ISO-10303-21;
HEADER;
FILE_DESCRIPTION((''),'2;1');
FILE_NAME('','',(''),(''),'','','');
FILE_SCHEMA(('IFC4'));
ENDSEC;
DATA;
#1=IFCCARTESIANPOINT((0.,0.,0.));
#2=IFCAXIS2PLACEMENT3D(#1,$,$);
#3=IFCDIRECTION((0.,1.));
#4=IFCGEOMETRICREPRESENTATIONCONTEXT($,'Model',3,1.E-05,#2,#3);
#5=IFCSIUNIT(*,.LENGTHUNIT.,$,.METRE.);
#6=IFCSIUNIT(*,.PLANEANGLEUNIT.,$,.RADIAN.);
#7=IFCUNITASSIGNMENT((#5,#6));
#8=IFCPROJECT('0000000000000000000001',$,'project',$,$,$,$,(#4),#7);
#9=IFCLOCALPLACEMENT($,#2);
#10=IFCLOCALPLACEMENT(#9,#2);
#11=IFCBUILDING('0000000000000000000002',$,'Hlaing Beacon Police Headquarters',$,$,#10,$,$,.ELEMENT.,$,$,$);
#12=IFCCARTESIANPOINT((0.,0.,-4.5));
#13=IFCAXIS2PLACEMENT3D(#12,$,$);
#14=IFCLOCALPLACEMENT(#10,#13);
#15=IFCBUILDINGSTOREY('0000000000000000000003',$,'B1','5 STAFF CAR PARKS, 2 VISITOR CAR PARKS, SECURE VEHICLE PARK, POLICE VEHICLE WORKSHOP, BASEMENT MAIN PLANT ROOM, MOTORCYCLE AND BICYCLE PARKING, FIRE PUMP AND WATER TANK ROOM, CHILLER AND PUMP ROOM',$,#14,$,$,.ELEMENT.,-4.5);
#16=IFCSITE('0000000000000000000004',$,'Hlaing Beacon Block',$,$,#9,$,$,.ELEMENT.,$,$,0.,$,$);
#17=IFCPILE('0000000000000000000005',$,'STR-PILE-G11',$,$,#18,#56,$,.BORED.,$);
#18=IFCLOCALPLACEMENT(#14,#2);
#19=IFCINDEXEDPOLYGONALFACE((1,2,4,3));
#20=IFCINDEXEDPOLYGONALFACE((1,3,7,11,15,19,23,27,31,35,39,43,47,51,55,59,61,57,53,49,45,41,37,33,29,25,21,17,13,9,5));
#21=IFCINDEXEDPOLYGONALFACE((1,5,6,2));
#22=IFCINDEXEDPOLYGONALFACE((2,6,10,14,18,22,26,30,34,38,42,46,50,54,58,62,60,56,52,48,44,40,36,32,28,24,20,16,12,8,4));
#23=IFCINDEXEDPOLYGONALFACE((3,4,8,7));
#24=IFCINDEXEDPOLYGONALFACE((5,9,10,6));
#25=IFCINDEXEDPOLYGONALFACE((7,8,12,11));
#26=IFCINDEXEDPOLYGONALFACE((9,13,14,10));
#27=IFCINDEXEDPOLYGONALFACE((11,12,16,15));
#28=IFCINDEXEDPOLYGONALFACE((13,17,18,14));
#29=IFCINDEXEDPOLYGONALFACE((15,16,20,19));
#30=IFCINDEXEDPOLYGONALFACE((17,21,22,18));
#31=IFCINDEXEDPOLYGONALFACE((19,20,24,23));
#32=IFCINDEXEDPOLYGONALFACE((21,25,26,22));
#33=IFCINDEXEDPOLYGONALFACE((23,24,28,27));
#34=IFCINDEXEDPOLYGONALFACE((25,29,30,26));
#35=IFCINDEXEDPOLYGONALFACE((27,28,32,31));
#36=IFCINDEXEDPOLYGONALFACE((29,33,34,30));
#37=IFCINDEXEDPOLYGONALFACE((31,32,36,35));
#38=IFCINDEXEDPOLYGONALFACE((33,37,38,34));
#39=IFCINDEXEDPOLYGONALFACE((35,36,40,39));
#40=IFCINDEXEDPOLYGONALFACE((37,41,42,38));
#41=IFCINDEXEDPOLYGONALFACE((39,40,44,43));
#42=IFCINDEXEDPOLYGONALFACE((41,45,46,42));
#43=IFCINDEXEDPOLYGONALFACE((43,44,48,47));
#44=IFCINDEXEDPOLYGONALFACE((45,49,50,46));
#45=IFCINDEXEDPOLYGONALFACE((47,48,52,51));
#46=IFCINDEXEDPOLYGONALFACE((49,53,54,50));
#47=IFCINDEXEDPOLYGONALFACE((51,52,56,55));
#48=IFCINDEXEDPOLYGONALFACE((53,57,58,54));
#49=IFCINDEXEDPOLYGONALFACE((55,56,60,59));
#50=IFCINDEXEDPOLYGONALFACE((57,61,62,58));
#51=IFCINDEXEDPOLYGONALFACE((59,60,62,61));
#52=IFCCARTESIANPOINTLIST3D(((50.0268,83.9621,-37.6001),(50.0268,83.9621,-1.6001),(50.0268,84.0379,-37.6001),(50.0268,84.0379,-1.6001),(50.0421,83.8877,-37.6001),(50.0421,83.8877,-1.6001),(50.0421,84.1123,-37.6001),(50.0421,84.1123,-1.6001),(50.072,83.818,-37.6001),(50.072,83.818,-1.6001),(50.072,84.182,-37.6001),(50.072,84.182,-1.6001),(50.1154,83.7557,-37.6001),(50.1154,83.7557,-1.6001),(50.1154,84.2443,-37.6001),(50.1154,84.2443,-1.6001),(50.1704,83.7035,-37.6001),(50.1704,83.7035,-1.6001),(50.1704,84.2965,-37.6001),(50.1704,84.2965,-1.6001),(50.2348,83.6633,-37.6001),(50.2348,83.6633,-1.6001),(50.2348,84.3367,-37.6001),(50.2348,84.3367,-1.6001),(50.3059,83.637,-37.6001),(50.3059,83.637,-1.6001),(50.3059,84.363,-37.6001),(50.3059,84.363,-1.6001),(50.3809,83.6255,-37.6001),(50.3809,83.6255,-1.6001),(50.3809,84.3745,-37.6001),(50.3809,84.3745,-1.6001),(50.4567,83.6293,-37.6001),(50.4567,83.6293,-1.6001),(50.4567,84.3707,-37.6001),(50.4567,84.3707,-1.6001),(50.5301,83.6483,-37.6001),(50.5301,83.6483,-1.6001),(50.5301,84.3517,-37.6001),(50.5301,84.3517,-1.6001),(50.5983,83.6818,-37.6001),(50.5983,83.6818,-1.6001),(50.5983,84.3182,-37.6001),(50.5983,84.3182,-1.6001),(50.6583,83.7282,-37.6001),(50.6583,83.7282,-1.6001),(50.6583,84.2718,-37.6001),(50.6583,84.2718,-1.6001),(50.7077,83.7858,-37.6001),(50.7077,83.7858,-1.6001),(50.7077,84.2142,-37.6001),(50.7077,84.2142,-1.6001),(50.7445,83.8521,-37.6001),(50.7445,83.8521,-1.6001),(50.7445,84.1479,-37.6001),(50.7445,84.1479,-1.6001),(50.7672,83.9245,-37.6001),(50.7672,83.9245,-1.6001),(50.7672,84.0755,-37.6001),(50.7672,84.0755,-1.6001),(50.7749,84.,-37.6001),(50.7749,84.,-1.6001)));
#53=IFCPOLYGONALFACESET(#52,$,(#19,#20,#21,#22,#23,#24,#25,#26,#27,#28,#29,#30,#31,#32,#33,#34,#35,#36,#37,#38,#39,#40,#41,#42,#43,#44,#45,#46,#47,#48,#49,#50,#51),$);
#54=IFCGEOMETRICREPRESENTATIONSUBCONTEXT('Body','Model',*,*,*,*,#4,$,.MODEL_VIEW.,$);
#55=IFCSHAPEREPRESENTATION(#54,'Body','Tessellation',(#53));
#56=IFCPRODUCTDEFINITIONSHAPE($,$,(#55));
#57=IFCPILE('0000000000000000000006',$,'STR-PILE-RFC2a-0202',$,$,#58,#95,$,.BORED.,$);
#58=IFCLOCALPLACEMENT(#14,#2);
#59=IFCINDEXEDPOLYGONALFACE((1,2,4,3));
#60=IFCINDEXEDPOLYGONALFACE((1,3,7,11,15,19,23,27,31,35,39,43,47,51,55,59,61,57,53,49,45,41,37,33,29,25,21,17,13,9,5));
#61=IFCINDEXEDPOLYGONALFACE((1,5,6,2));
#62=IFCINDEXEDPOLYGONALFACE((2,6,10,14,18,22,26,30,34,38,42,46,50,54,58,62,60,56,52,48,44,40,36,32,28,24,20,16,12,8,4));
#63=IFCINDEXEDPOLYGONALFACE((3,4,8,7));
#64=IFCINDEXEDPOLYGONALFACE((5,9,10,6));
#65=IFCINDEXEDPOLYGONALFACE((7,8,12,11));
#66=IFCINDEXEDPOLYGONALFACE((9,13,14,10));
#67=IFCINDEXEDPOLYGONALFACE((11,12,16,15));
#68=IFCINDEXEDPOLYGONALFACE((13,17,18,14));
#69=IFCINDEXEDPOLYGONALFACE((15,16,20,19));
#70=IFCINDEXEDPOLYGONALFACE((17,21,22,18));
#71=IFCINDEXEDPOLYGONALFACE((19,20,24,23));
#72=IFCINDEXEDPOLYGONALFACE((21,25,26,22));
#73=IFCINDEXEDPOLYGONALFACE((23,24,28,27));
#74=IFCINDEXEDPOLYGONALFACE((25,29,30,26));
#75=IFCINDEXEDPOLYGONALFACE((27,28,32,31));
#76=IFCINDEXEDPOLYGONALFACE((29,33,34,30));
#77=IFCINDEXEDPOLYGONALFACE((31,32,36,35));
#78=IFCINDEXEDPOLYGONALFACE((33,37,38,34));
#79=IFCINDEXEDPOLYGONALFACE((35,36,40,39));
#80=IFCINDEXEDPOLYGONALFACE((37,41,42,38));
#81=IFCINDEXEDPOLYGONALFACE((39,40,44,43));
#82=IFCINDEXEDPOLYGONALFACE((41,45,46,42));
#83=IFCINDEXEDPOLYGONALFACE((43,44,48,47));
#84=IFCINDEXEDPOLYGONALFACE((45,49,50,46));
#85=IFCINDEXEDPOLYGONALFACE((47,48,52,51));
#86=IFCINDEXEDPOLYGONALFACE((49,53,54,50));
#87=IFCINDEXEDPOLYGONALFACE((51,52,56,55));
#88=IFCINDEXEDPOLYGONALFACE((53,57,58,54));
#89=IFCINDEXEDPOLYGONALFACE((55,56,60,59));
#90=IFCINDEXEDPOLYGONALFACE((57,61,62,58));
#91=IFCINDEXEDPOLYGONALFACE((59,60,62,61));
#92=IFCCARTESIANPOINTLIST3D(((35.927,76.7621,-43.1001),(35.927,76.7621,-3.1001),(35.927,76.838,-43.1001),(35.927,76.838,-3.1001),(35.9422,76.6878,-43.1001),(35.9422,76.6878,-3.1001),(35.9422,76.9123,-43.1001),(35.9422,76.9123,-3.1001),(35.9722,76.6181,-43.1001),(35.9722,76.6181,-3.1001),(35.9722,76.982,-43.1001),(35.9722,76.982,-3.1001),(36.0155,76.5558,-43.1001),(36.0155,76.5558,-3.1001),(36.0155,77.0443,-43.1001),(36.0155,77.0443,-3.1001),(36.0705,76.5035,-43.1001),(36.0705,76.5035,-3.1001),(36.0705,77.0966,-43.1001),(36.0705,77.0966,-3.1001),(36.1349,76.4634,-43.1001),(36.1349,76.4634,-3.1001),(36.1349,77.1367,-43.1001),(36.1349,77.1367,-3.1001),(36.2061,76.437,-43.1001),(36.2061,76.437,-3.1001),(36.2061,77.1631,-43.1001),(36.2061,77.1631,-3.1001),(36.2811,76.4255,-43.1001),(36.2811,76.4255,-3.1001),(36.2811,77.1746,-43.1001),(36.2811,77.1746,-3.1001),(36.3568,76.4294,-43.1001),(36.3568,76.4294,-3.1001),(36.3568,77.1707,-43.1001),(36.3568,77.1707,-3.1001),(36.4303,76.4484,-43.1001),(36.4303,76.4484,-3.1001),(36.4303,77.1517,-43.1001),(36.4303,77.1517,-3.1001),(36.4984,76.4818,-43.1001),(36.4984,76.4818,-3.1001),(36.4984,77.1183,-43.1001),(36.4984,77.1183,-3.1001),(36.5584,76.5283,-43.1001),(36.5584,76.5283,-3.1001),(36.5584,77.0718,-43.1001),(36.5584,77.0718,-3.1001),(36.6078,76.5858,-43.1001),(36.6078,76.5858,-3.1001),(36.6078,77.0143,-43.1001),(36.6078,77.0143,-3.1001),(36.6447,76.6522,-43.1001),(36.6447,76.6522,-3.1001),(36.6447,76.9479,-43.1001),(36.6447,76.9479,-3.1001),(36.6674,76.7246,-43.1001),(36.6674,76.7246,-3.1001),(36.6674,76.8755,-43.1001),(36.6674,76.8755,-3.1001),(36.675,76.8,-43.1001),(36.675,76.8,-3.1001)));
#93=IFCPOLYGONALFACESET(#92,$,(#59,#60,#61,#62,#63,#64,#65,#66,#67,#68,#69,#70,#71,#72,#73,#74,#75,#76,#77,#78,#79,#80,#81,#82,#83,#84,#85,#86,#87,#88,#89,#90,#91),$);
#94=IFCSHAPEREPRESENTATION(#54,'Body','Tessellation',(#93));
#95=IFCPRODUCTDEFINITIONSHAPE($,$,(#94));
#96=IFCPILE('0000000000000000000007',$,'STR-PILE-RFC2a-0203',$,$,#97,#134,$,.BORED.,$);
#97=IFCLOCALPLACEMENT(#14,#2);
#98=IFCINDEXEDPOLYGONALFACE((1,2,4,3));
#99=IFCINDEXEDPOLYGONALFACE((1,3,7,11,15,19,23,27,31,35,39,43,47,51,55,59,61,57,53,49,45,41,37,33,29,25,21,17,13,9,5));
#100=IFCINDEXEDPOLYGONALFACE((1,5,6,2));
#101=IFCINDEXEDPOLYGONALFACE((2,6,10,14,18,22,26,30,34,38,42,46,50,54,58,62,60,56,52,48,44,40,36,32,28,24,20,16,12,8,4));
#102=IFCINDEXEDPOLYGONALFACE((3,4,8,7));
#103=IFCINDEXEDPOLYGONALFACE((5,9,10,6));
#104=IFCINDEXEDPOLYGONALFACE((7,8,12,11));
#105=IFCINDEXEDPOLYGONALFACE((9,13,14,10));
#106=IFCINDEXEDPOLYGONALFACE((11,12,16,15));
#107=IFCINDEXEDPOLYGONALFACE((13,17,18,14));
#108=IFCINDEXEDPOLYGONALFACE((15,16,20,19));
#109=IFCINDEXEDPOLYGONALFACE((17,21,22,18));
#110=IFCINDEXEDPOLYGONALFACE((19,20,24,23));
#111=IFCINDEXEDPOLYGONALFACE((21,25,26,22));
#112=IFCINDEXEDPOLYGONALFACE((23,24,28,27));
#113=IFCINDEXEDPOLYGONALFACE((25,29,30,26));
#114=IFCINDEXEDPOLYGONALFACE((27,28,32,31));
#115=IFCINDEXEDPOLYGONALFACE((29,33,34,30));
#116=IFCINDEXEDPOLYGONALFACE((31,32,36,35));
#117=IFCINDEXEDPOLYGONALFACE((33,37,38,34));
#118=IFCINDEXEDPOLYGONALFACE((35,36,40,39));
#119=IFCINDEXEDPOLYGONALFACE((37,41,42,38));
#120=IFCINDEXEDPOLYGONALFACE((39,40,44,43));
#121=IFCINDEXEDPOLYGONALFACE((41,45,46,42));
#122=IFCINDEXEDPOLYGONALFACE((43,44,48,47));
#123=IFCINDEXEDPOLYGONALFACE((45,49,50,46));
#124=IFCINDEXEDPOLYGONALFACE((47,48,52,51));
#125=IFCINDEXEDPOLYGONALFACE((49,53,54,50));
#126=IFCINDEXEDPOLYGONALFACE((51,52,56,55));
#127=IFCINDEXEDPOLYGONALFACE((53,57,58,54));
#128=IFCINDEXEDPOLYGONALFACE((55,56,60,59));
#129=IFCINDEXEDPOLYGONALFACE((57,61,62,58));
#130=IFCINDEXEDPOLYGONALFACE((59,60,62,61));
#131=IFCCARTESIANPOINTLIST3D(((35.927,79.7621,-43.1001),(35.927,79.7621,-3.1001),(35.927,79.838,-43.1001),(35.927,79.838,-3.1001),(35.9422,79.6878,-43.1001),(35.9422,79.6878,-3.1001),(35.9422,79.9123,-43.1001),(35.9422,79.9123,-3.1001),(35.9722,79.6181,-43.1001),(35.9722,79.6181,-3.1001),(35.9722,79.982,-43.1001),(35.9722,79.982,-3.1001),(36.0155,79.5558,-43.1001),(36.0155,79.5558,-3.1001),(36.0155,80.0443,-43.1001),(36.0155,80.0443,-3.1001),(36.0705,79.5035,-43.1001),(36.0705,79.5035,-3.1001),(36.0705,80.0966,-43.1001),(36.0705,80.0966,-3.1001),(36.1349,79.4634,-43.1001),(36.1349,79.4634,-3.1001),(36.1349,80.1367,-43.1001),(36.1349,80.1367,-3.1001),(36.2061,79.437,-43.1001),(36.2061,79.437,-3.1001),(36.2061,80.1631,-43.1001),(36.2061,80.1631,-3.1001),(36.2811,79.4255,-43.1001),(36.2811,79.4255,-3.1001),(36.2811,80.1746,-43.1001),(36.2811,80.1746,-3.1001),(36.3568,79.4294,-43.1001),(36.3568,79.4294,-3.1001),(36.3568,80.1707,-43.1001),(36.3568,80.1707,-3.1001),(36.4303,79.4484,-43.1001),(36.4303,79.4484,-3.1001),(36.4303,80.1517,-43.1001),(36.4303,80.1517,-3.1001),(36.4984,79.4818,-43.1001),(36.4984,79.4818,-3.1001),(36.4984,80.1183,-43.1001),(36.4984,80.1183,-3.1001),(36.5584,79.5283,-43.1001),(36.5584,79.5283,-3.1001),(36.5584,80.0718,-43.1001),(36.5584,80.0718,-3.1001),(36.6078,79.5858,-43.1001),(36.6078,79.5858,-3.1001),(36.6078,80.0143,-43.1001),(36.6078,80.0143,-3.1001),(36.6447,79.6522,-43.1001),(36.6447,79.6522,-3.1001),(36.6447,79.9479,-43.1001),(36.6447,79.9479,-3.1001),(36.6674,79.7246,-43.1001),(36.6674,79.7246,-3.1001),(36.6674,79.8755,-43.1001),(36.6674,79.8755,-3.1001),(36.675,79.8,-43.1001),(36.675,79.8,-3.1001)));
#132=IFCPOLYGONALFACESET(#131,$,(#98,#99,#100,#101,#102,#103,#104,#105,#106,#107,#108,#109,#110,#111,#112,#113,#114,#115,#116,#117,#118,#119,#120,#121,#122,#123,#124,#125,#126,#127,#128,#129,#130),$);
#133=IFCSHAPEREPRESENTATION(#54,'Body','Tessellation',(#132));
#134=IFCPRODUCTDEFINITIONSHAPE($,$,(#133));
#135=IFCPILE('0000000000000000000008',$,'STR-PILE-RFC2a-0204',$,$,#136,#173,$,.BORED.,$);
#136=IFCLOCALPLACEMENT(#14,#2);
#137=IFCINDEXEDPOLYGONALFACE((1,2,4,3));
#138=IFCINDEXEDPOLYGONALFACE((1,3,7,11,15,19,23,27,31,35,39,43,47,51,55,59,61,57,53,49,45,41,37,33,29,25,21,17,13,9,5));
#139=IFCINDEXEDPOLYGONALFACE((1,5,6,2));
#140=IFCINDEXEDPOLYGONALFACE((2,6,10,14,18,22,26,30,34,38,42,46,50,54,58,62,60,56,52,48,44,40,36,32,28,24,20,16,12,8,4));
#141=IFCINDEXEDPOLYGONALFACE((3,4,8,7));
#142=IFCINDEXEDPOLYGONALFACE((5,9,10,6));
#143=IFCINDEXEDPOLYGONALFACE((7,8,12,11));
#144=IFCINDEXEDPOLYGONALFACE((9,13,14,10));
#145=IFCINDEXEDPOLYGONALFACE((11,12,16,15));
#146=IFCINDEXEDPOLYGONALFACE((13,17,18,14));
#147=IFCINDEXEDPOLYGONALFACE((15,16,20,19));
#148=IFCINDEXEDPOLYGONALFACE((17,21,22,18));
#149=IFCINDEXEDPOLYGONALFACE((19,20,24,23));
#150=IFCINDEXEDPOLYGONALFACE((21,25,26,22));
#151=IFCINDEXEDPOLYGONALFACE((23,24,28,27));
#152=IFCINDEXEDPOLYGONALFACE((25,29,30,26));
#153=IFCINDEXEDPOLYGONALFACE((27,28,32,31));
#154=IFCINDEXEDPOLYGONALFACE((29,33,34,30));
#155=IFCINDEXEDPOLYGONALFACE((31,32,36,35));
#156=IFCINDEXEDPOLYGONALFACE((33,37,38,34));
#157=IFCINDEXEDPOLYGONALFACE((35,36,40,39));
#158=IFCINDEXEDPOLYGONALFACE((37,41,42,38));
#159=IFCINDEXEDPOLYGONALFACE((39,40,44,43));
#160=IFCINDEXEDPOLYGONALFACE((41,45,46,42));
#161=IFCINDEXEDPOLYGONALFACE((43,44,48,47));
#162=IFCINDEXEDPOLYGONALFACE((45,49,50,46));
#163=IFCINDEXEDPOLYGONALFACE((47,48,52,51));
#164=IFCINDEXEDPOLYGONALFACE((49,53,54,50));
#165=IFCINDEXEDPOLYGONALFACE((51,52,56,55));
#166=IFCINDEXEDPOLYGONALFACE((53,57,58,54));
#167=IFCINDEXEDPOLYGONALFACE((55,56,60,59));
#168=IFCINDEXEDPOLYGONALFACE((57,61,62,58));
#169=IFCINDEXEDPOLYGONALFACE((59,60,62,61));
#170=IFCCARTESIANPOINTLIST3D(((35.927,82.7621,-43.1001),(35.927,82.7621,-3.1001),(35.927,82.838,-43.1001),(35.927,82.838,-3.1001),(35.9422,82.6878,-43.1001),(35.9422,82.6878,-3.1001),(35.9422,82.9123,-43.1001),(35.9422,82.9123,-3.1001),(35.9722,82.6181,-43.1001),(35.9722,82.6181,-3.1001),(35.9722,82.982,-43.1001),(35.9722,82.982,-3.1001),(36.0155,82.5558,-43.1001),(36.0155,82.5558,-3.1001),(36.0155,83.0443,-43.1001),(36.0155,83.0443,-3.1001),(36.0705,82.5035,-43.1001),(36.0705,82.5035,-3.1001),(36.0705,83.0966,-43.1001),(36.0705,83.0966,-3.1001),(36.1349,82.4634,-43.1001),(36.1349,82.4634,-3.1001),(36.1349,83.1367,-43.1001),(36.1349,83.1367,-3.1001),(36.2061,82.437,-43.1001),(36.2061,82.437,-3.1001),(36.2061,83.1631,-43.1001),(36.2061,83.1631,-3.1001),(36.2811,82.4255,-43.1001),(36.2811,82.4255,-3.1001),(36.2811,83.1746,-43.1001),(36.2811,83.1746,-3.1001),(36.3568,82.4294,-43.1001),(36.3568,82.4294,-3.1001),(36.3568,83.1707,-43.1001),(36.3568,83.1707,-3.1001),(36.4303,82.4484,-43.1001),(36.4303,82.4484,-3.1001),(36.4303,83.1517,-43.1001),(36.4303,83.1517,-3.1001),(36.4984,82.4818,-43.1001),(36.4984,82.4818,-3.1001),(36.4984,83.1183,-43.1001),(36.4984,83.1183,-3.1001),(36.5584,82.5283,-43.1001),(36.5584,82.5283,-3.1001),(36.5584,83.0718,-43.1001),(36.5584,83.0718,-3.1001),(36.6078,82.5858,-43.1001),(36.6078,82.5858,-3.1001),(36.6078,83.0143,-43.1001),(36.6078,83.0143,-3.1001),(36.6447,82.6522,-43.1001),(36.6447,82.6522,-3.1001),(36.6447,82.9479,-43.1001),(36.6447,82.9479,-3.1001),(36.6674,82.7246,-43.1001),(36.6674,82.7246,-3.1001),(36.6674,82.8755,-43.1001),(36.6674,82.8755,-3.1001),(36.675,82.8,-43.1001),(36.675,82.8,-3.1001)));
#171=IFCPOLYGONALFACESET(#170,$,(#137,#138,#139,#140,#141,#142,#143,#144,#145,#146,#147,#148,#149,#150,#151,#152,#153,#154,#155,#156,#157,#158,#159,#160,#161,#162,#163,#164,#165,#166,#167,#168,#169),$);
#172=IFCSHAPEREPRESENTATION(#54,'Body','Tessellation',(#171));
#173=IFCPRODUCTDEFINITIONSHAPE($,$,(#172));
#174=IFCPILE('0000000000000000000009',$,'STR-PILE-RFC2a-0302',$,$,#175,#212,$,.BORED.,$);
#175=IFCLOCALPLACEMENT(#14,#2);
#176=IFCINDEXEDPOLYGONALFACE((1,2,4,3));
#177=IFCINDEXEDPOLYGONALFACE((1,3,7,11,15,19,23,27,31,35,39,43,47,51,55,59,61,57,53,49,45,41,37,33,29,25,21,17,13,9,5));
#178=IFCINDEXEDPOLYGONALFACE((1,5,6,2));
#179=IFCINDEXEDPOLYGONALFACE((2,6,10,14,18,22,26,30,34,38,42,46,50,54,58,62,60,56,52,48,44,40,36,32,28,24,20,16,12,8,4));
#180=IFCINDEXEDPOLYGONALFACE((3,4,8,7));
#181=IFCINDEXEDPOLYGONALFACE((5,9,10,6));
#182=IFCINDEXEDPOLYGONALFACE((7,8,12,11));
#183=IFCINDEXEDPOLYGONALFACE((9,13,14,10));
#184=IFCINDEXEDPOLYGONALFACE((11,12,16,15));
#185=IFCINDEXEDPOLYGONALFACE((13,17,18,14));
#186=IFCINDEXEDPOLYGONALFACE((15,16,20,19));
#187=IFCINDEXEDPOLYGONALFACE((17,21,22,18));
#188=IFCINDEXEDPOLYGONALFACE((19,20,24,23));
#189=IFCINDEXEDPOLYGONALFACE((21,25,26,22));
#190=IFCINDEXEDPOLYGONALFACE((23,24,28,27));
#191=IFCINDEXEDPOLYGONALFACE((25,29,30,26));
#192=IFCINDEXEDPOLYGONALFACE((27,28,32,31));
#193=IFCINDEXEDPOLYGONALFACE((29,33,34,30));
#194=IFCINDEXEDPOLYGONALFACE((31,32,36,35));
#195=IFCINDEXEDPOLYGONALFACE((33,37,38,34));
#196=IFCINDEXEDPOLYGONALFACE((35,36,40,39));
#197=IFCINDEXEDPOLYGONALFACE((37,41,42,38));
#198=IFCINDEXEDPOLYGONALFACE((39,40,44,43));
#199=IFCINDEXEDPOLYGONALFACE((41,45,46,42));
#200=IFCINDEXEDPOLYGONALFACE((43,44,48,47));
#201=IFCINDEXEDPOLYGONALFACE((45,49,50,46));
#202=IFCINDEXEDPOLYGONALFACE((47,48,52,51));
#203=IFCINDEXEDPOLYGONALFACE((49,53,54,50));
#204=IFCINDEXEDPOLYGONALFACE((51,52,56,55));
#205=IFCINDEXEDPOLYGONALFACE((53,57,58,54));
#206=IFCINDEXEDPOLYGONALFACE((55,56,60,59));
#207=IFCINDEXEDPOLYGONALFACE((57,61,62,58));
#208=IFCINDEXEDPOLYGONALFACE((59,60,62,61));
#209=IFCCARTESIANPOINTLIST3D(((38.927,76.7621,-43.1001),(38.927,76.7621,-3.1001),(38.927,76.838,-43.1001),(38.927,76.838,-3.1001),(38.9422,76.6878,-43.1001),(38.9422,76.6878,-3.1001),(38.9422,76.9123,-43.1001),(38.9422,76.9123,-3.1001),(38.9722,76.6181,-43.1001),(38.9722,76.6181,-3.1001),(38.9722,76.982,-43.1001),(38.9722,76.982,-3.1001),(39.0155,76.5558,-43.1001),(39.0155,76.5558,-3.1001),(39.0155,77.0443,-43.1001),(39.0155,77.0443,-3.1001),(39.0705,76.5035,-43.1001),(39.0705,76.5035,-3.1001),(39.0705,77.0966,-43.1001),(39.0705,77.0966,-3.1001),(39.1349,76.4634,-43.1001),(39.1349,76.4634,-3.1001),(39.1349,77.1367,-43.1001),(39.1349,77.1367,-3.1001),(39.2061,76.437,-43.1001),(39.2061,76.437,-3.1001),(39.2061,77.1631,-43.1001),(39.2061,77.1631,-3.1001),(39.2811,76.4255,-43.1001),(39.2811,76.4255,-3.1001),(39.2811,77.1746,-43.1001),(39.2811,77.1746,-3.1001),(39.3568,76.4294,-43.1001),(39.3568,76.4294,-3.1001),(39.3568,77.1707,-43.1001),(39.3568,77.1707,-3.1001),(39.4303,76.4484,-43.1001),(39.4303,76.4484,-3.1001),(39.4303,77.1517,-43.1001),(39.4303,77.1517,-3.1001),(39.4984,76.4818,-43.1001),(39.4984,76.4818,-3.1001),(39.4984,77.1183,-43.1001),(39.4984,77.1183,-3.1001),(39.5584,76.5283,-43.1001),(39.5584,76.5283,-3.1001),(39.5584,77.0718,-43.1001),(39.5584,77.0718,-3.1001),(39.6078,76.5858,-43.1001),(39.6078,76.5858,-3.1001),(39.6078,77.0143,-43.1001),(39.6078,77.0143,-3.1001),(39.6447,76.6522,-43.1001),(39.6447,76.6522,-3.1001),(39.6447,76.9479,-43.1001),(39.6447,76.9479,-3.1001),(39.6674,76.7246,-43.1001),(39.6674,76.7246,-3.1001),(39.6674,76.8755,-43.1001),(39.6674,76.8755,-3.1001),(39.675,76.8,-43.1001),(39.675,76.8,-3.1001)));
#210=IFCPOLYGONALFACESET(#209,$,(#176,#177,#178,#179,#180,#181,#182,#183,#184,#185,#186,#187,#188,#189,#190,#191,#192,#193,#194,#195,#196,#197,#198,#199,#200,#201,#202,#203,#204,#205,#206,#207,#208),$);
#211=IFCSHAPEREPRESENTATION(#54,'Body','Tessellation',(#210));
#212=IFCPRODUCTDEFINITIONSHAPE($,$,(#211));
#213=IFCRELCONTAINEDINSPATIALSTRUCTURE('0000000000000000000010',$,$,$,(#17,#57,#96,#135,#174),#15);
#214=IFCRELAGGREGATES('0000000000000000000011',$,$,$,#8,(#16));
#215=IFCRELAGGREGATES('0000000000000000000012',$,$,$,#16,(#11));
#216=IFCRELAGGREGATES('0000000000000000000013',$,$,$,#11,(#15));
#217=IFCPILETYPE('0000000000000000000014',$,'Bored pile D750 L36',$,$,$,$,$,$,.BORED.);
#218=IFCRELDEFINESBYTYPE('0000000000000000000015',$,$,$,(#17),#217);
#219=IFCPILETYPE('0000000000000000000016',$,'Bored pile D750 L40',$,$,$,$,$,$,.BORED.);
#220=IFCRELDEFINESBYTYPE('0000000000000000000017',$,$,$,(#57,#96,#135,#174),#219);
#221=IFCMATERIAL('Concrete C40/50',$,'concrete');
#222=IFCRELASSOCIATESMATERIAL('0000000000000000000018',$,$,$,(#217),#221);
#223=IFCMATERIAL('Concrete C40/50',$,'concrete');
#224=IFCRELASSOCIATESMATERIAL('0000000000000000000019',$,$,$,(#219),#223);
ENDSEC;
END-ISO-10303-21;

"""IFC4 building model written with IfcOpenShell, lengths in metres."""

from ifc_helpers import new_model, si_unit, direction, frame, origin, origin_2d, place, context, subcontext, project, spatial, circle, extrude, material, material_profile, profile_set, type_object, element, save


model = new_model("IFC4")

# Units and contexts
model_context = context("Model", 3, precision=1e-05, world=origin(), true_north=direction((0.0, 1.0)))
body_context = subcontext(model_context, "Body", "Model", "MODEL_VIEW")
ifc_project = project(units=[si_unit("LENGTHUNIT", "METRE"), si_unit("PLANEANGLEUNIT", "RADIAN")], contexts=[model_context])

# Site, building, storey
site_placement = place(None, origin())
site = spatial("IfcSite", under=ifc_project, at=site_placement, Name="Hlaing Beacon Block", CompositionType="ELEMENT", RefElevation=0.0)
building_placement = place(site_placement, origin())
building = spatial("IfcBuilding", under=site, at=building_placement, Name="Hlaing Beacon Police Headquarters", CompositionType="ELEMENT")
storey_placement = place(building_placement, frame((0.0, 0.0, -4.5)))
storey = spatial("IfcBuildingStorey", under=building, at=storey_placement, Name="B1", Description="5 STAFF CAR PARKS, 2 VISITOR CAR PARKS, SECURE VEHICLE PARK, POLICE VEHICLE WORKSHOP, BASEMENT MAIN PLANT ROOM, MOTORCYCLE AND BICYCLE PARKING, FIRE PUMP AND WATER TANK ROOM, CHILLER AND PUMP ROOM", CompositionType="ELEMENT", Elevation=-4.5)

# Piles
ifc_material_1 = material(Name="Concrete C40/50", Category="concrete")
ifc_material_profile_1 = material_profile(ifc_material_1, circle(Radius=0.375, at=origin_2d()), Name="D750")
ifc_profile_set_1 = profile_set([ifc_material_profile_1], Name="Concrete C40/50")
pile_type_1 = type_object("IfcPileType", Name="Bored pile D750 L36", PredefinedType="BORED", material=ifc_profile_set_1)
pile_placement = place(storey_placement, frame((50.3999, 84.0, -1.6001), z_axis=(0.0, 0.0, -1.0), x_axis=(1.0, 0.0, 0.0)))
element("IfcPile", 1, at=pile_placement, inside=storey, type_object=pile_type_1, Name="STR-PILE-G11", PredefinedType="BORED", context=body_context, shape_type="SweptSolid", body=[
    extrude(circle(Radius=0.375, at=origin_2d()), origin(), (0.0, 0.0, 1.0), 36.0),
])
ifc_material_2 = material(Name="Concrete C40/50", Category="concrete")
ifc_material_profile_2 = material_profile(ifc_material_2, circle(Radius=0.375, at=origin_2d()), Name="D750")
ifc_profile_set_2 = profile_set([ifc_material_profile_2], Name="Concrete C40/50")
pile_type_2 = type_object("IfcPileType", Name="Bored pile D750 L40", PredefinedType="BORED", material=ifc_profile_set_2)
for number, where, z_axis, x_axis, name in (
    (2, (36.3, 76.8, -3.1001), (0.0, 0.0, -1.0), (1.0, 0.0, 0.0), "STR-PILE-RFC2a-0202"),
    (3, (36.3, 79.8, -3.1001), (0.0, 0.0, -1.0), (1.0, 0.0, 0.0), "STR-PILE-RFC2a-0203"),
    (4, (36.3, 82.8, -3.1001), (0.0, 0.0, -1.0), (1.0, 0.0, 0.0), "STR-PILE-RFC2a-0204"),
    (5, (39.3, 76.8, -3.1001), (0.0, 0.0, -1.0), (1.0, 0.0, 0.0), "STR-PILE-RFC2a-0302"),
):
    element("IfcPile", number, at=place(storey_placement, frame(where, z_axis=z_axis, x_axis=x_axis)), inside=storey, type_object=pile_type_2, Name=name, PredefinedType="BORED", context=body_context, shape_type="SweptSolid", body=[
        extrude(circle(Radius=0.375, at=origin_2d()), origin(), (0.0, 0.0, 1.0), 40.0),
    ])

save(model, "model.ifc")
